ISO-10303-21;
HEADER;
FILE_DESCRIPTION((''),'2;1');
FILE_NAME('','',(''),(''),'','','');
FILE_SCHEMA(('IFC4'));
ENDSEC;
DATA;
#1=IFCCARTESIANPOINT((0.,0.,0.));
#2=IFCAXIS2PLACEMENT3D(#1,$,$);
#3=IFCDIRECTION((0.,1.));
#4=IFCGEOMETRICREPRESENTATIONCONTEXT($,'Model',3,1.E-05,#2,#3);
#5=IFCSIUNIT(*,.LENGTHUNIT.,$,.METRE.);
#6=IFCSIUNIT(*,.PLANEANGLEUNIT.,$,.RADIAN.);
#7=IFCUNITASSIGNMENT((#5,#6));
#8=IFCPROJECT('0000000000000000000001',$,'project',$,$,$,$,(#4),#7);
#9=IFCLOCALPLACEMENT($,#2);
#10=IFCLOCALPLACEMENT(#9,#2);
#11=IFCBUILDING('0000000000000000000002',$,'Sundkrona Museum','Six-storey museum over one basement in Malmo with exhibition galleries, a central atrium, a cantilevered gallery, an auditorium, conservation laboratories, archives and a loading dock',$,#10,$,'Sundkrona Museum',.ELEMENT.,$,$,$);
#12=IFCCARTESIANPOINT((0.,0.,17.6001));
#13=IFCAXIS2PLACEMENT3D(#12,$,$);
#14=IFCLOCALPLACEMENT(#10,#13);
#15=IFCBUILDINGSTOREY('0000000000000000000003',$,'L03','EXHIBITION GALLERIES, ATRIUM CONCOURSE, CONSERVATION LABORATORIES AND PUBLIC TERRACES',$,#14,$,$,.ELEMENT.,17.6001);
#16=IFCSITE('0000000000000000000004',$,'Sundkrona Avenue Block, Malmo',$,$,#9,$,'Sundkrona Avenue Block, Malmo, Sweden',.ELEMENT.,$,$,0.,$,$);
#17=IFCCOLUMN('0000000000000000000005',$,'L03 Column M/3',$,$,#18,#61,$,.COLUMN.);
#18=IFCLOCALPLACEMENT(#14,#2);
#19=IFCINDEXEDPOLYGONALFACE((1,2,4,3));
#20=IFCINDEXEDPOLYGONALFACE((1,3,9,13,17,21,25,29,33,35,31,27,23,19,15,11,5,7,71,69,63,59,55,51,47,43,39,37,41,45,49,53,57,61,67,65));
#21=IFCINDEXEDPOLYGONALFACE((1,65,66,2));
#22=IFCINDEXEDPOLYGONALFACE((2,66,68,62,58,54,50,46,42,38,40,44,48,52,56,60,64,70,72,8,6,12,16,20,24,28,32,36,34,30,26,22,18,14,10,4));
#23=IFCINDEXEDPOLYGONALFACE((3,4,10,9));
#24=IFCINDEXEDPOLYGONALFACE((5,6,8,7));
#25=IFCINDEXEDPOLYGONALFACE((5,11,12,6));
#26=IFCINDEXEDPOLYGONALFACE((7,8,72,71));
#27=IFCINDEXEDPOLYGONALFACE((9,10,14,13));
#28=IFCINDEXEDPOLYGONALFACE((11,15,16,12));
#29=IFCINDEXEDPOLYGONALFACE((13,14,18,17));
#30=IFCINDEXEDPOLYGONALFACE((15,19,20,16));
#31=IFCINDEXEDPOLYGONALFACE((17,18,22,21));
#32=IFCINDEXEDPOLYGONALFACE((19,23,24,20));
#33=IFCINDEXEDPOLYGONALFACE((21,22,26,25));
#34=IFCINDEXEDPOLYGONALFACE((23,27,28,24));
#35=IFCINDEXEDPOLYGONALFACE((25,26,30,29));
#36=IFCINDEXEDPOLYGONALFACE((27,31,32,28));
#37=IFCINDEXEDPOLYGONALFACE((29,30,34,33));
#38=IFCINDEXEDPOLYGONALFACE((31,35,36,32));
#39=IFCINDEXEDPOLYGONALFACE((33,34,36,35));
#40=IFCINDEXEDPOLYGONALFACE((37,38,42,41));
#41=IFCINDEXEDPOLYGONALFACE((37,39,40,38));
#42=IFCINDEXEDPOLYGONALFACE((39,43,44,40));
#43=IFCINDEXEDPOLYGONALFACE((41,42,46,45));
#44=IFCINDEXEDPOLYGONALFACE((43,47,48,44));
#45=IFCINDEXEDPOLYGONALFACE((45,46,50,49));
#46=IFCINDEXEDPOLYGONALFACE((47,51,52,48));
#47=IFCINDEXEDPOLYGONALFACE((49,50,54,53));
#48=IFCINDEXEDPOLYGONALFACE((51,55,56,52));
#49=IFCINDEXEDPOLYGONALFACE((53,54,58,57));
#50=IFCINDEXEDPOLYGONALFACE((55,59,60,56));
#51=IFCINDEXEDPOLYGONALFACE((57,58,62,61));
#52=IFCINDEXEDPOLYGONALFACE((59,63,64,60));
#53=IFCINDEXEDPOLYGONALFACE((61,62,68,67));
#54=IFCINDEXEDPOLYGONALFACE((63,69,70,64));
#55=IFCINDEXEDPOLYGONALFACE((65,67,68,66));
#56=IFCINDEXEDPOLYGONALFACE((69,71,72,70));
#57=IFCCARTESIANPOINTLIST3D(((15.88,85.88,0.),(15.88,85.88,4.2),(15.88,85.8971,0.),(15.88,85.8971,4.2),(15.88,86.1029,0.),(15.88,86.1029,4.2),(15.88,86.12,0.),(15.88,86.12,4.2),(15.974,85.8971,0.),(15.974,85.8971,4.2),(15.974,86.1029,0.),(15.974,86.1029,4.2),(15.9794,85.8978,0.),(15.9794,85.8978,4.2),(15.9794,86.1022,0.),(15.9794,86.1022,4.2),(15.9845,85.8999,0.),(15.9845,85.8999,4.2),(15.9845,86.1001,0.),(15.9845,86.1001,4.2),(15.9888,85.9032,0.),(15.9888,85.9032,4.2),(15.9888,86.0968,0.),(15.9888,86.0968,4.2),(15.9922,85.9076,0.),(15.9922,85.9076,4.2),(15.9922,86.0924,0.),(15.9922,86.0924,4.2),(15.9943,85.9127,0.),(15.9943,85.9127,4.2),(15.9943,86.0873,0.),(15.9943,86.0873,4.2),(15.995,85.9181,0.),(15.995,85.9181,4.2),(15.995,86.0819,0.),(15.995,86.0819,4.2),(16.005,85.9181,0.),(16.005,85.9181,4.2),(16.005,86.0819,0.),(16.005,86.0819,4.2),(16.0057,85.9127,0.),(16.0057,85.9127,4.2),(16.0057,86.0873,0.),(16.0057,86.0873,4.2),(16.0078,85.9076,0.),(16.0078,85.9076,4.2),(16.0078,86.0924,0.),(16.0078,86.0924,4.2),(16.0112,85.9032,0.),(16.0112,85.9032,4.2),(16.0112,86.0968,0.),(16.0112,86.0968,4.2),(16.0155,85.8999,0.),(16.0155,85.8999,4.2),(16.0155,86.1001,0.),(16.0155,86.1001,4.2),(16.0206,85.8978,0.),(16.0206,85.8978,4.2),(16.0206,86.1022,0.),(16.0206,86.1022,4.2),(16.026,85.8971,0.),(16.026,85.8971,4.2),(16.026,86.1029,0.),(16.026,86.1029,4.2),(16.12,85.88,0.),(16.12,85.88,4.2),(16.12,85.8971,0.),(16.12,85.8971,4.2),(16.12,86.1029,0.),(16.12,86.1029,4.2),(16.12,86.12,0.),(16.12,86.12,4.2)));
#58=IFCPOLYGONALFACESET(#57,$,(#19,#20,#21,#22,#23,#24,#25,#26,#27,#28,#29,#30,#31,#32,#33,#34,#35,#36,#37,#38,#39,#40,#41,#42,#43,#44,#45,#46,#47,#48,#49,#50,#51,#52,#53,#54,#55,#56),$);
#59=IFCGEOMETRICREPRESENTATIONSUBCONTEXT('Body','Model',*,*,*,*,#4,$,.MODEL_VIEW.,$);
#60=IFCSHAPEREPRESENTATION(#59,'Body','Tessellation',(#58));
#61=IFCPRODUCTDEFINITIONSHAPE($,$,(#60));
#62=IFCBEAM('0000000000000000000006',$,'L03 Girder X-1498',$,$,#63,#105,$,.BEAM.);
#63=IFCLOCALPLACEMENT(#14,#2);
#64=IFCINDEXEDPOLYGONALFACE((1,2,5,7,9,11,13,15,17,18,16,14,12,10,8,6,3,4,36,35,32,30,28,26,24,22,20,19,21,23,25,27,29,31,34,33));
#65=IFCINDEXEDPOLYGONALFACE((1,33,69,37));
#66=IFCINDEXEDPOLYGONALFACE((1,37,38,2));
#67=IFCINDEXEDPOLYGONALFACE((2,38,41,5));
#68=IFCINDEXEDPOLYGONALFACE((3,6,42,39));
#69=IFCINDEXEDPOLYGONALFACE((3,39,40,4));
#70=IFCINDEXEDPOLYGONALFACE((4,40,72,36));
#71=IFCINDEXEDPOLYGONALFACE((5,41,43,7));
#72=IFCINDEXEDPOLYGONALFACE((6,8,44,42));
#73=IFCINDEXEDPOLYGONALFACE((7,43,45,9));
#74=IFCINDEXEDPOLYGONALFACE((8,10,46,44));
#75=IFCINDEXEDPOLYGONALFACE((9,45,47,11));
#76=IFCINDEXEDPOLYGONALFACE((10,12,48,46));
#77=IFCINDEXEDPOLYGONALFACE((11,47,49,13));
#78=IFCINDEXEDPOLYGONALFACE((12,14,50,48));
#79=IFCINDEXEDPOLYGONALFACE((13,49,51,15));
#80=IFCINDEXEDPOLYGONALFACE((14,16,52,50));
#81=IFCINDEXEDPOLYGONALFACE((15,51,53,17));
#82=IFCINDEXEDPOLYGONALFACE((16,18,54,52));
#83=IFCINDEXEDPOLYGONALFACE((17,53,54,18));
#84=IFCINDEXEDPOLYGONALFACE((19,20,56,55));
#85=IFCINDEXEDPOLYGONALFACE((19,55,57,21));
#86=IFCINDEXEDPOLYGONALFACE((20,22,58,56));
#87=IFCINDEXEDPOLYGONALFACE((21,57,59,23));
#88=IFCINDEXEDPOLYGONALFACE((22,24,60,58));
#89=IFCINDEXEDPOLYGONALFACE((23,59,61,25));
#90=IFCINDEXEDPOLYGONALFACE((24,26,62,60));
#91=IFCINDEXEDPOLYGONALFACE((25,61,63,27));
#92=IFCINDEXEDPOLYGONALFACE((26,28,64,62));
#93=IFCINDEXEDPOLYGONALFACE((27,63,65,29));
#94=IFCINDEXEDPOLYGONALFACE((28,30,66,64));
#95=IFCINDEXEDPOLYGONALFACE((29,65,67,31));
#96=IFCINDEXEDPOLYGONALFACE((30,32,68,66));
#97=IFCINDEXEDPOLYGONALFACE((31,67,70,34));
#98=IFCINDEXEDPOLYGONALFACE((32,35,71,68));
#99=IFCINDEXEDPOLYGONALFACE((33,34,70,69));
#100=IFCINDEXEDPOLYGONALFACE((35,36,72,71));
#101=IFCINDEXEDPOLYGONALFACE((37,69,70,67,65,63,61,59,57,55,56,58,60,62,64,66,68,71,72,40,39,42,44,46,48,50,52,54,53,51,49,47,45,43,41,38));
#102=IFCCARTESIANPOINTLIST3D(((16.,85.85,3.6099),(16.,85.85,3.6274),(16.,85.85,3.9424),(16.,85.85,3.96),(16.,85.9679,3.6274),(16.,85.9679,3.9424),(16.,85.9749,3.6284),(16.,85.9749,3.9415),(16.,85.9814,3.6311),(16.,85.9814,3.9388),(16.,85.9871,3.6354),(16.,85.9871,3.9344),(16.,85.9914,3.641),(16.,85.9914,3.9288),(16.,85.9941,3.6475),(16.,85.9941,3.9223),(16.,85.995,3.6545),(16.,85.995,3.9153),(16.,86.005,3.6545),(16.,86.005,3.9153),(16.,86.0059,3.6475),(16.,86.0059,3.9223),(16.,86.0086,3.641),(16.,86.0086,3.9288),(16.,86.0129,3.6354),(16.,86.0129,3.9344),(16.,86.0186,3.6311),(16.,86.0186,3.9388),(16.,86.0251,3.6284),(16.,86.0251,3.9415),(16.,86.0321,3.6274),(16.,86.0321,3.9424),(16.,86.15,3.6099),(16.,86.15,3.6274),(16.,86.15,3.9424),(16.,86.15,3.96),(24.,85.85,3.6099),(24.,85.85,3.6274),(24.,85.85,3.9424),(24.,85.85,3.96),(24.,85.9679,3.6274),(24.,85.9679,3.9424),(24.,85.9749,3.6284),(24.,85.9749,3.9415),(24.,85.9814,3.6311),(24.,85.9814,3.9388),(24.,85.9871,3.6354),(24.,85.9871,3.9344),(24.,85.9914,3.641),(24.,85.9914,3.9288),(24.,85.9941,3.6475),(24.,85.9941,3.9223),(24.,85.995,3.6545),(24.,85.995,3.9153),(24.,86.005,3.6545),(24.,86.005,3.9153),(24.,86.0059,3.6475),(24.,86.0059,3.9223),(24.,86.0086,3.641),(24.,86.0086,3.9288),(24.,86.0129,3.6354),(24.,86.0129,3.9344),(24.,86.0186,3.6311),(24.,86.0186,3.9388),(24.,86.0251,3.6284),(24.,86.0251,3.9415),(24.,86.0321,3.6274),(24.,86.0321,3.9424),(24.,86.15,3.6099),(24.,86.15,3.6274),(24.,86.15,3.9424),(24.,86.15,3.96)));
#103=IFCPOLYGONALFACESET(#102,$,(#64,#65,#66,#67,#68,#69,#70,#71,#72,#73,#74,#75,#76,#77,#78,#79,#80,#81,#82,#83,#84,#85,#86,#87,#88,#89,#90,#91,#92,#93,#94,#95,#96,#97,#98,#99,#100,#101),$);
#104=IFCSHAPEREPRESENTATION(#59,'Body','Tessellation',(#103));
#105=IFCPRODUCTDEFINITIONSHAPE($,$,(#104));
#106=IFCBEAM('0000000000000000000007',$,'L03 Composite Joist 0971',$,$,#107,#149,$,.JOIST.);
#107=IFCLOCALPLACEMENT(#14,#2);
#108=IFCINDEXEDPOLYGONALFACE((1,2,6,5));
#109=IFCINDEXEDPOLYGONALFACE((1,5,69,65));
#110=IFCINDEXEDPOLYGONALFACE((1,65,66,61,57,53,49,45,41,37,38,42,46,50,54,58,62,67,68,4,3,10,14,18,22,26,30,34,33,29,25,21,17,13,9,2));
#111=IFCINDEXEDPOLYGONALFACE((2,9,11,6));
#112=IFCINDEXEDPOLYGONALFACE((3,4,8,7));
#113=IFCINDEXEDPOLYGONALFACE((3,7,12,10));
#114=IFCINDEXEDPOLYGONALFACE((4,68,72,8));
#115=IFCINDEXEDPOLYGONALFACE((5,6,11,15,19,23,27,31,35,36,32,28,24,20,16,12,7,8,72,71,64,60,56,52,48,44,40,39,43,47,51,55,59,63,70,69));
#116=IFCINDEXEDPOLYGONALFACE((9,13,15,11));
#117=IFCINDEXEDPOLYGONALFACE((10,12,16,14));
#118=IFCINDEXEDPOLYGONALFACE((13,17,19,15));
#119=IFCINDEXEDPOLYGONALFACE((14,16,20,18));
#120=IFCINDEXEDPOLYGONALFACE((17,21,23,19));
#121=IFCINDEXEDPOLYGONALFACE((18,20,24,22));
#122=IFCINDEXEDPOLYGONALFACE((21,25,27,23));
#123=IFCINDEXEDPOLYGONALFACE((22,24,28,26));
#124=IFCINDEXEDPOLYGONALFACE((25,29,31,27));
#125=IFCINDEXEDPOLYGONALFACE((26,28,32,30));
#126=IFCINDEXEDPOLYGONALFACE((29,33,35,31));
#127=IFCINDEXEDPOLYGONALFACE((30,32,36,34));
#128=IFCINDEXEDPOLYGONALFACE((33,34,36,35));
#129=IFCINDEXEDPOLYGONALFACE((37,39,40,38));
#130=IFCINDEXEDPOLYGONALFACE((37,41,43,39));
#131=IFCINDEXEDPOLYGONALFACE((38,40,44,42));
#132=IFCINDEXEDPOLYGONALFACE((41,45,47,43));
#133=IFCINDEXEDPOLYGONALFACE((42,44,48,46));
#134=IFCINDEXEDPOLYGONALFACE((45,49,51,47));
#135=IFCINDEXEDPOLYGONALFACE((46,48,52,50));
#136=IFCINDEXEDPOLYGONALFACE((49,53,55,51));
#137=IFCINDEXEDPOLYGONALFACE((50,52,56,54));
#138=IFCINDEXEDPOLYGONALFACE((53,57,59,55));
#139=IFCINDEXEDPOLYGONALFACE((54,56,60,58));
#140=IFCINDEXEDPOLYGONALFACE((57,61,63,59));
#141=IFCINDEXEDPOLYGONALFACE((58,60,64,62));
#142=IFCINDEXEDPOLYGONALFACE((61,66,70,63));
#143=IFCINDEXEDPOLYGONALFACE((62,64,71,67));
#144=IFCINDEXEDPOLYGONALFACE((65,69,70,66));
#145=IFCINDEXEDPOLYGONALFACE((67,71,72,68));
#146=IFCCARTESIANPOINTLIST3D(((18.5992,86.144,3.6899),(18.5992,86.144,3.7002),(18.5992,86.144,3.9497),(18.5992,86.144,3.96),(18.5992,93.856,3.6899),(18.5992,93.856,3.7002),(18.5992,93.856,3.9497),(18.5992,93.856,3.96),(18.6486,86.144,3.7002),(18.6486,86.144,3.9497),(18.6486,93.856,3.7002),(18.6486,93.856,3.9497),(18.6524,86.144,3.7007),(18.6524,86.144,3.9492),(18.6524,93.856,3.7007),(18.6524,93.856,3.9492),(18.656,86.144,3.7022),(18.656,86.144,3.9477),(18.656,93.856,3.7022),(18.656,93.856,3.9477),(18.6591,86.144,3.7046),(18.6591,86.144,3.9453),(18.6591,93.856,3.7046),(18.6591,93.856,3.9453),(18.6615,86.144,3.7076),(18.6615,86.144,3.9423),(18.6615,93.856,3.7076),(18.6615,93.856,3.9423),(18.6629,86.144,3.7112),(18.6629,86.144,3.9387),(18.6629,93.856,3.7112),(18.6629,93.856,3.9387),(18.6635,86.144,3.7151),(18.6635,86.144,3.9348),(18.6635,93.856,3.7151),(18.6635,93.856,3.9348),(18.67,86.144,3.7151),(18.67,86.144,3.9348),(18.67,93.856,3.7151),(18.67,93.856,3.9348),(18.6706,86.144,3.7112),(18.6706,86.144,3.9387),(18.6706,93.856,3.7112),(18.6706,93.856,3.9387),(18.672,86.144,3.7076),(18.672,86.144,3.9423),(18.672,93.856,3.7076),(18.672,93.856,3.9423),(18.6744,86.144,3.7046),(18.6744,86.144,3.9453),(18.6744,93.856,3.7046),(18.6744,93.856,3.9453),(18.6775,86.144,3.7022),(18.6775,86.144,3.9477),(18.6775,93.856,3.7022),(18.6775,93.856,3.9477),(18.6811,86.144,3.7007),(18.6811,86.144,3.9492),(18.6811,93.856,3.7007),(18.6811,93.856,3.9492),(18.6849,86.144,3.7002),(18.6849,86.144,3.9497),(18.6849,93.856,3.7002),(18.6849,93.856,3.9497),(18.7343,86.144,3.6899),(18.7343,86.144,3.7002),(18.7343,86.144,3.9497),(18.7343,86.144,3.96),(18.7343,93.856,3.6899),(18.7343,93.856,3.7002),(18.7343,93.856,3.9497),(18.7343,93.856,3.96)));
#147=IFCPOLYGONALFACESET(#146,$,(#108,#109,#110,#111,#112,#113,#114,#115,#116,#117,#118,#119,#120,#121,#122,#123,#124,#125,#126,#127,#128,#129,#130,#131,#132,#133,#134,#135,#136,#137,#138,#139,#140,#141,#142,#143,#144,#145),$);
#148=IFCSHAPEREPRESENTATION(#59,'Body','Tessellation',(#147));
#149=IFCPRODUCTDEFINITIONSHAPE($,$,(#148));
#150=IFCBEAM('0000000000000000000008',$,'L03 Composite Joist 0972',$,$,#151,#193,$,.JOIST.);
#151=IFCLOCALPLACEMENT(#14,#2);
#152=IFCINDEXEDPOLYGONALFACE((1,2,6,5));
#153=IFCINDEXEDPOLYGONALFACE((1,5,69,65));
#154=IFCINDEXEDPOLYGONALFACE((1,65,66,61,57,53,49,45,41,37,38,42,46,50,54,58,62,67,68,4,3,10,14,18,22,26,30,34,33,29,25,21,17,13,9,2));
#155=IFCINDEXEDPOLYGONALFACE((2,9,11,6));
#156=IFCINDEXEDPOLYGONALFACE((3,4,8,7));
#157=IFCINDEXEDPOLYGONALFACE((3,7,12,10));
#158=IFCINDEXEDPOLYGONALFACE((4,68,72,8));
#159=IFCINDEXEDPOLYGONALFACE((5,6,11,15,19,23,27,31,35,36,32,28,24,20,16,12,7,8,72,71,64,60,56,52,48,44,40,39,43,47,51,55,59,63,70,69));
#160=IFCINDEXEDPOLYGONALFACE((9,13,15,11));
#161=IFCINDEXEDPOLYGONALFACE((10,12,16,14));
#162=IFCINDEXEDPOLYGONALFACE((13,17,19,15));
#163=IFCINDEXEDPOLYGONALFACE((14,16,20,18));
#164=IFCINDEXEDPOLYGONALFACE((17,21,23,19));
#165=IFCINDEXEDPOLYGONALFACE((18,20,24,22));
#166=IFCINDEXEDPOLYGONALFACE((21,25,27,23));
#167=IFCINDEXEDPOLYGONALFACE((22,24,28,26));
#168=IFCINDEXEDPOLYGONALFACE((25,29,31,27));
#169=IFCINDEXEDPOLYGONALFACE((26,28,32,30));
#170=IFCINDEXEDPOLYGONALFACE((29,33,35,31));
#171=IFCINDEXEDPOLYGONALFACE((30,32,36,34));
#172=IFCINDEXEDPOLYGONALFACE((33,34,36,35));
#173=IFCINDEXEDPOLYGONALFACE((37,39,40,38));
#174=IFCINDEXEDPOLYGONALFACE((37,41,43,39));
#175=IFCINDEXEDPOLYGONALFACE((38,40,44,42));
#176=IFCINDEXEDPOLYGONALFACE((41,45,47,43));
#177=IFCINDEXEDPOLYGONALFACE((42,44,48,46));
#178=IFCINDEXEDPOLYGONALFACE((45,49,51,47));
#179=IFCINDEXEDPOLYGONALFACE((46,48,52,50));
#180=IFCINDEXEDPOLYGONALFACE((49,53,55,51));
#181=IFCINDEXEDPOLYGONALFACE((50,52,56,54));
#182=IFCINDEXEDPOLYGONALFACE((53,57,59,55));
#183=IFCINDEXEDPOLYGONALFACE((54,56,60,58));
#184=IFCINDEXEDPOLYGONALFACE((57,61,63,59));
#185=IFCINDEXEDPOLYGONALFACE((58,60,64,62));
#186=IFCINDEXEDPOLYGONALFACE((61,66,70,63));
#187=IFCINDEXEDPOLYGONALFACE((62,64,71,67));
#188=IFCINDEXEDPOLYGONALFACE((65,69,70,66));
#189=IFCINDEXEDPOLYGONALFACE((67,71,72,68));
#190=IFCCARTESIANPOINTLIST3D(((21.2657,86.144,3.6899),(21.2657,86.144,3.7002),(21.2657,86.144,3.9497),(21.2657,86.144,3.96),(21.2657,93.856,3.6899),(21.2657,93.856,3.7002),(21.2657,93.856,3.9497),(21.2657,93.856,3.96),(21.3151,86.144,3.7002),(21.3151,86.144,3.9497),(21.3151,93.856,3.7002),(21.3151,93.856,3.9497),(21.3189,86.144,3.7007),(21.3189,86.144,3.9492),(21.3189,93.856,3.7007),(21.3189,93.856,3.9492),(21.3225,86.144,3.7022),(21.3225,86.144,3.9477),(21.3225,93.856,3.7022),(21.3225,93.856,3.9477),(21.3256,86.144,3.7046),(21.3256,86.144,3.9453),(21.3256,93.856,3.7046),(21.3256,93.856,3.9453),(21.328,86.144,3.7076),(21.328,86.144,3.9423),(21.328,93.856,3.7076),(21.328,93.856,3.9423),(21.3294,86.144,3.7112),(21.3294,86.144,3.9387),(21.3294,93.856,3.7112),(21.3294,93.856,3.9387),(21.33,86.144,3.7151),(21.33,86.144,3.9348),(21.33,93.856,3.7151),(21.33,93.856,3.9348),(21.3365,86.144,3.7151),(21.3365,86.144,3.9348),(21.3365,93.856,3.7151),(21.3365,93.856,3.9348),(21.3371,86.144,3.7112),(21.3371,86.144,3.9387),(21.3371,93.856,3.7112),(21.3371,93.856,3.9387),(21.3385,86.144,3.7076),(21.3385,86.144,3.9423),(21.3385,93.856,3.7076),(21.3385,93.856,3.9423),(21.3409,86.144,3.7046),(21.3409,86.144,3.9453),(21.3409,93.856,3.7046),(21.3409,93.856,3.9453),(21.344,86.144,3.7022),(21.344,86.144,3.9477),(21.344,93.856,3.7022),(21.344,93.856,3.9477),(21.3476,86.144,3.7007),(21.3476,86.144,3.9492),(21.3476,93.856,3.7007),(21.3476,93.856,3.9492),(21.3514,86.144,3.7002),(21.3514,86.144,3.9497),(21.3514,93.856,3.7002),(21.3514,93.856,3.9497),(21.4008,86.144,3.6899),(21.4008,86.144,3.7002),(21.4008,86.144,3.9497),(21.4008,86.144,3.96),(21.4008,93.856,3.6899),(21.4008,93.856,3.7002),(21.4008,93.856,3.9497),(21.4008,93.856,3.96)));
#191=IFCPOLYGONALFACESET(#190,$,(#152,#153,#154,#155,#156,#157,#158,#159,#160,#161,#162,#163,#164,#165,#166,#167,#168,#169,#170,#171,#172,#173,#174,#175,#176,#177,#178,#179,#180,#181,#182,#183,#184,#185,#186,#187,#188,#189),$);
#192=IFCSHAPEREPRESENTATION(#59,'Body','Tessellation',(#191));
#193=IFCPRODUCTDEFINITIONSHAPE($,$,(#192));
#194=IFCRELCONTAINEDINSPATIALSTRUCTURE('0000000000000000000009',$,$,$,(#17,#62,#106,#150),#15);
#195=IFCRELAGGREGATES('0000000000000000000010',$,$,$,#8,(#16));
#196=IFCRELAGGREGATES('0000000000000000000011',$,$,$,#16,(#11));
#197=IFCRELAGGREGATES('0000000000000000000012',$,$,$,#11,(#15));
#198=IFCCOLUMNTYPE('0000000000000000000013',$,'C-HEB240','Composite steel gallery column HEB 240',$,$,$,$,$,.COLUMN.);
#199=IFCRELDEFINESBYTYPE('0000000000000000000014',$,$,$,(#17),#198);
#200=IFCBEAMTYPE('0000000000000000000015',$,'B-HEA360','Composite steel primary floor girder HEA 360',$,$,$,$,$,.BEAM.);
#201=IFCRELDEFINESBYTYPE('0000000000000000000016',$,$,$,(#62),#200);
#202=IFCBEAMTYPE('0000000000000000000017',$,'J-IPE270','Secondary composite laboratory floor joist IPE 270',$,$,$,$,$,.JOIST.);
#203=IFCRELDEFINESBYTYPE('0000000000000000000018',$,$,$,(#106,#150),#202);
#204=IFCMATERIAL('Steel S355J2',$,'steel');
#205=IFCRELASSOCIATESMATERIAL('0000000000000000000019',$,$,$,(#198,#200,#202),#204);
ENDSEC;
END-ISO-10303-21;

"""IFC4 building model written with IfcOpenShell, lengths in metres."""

from ifc_helpers import new_model, si_unit, direction, frame, origin, origin_2d, place, context, subcontext, project, spatial, i_section, extrude, material, material_profile, profile_set, type_object, element, save


model = new_model("IFC4")

# Units and contexts
model_context = context("Model", 3, precision=1e-05, world=origin(), true_north=direction((0.0, 1.0)))
body_context = subcontext(model_context, "Body", "Model", "MODEL_VIEW")
ifc_project = project(units=[si_unit("LENGTHUNIT", "METRE"), si_unit("PLANEANGLEUNIT", "RADIAN")], contexts=[model_context])

# Site, building, storey
site_placement = place(None, origin())
site = spatial("IfcSite", under=ifc_project, at=site_placement, Name="Sundkrona Avenue Block, Malmo", LongName="Sundkrona Avenue Block, Malmo, Sweden", CompositionType="ELEMENT", RefElevation=0.0)
building_placement = place(site_placement, origin())
building = spatial("IfcBuilding", under=site, at=building_placement, Name="Sundkrona Museum", Description="Six-storey museum over one basement in Malmo with exhibition galleries, a central atrium, a cantilevered gallery, an auditorium, conservation laboratories, archives and a loading dock", LongName="Sundkrona Museum", CompositionType="ELEMENT")
storey_placement = place(building_placement, frame((0.0, 0.0, 17.6001)))
storey = spatial("IfcBuildingStorey", under=building, at=storey_placement, Name="L03", Description="EXHIBITION GALLERIES, ATRIUM CONCOURSE, CONSERVATION LABORATORIES AND PUBLIC TERRACES", CompositionType="ELEMENT", Elevation=17.6001)

# Column
ifc_material_1 = material(Name="Steel S355J2", Category="steel")
ifc_material_profile_1 = material_profile(ifc_material_1, i_section(OverallWidth=0.24, OverallDepth=0.24, WebThickness=0.01, FlangeThickness=0.0171, FilletRadius=0.021, at=origin_2d()), Name="HEB 240")
ifc_profile_set_1 = profile_set([ifc_material_profile_1], Name="Steel S355J2")
column_type = type_object("IfcColumnType", Name="C-HEB240", Description="Composite steel gallery column HEB 240", PredefinedType="COLUMN", material=ifc_profile_set_1)
column_placement = place(storey_placement, frame((16.0, 86.0, 0.0), z_axis=(0.0, 0.0, 1.0), x_axis=(1.0, 0.0, 0.0)))
element("IfcColumn", 1, at=column_placement, inside=storey, type_object=column_type, Name="L03 Column M/3", PredefinedType="COLUMN", context=body_context, shape_type="SweptSolid", body=[
    extrude(i_section(OverallWidth=0.24, OverallDepth=0.24, WebThickness=0.01, FlangeThickness=0.0171, FilletRadius=0.021, at=origin_2d()), origin(), (0.0, 0.0, 1.0), 4.2),
])

# Beams
ifc_material_profile_2 = material_profile(ifc_material_1, i_section(OverallWidth=0.3, OverallDepth=0.3501, WebThickness=0.01, FlangeThickness=0.0176, FilletRadius=0.0271, at=origin_2d()), Name="HEA 360")
ifc_profile_set_2 = profile_set([ifc_material_profile_2], Name="Steel S355J2")
beam_type_1 = type_object("IfcBeamType", Name="B-HEA360", Description="Composite steel primary floor girder HEA 360", PredefinedType="BEAM", material=ifc_profile_set_2)
beam_1_placement = place(storey_placement, frame((16.0, 86.0, 3.7849), z_axis=(1.0, 0.0, 0.0), x_axis=(0.0, 1.0, 0.0)))
element("IfcBeam", 2, at=beam_1_placement, inside=storey, type_object=beam_type_1, Name="L03 Girder X-1498", PredefinedType="BEAM", context=body_context, shape_type="SweptSolid", body=[
    extrude(i_section(OverallWidth=0.3, OverallDepth=0.3501, WebThickness=0.01, FlangeThickness=0.0176, FilletRadius=0.0271, at=origin_2d()), origin(), (0.0, 0.0, 1.0), 8.0),
])
ifc_material_profile_3 = material_profile(ifc_material_1, i_section(OverallWidth=0.135, OverallDepth=0.27, WebThickness=0.0066, FlangeThickness=0.0103, FilletRadius=0.0149, at=origin_2d()), Name="IPE 270")
ifc_profile_set_3 = profile_set([ifc_material_profile_3], Name="Steel S355J2")
beam_type_2 = type_object("IfcBeamType", Name="J-IPE270", Description="Secondary composite laboratory floor joist IPE 270", PredefinedType="JOIST", material=ifc_profile_set_3)
for number, where, z_axis, x_axis, name in (
    (3, (18.6667, 86.144, 3.825), (0.0, 1.0, 0.0), (-1.0, 0.0, 0.0), "L03 Composite Joist 0971"),
    (4, (21.3333, 86.144, 3.825), (0.0, 1.0, 0.0), (-1.0, 0.0, 0.0), "L03 Composite Joist 0972"),
):
    element("IfcBeam", number, at=place(storey_placement, frame(where, z_axis=z_axis, x_axis=x_axis)), inside=storey, type_object=beam_type_2, Name=name, PredefinedType="JOIST", context=body_context, shape_type="SweptSolid", body=[
        extrude(i_section(OverallWidth=0.135, OverallDepth=0.27, WebThickness=0.0066, FlangeThickness=0.0103, FilletRadius=0.0149, at=origin_2d()), origin(), (0.0, 0.0, 1.0), 7.7119),
    ])

save(model, "model.ifc")
